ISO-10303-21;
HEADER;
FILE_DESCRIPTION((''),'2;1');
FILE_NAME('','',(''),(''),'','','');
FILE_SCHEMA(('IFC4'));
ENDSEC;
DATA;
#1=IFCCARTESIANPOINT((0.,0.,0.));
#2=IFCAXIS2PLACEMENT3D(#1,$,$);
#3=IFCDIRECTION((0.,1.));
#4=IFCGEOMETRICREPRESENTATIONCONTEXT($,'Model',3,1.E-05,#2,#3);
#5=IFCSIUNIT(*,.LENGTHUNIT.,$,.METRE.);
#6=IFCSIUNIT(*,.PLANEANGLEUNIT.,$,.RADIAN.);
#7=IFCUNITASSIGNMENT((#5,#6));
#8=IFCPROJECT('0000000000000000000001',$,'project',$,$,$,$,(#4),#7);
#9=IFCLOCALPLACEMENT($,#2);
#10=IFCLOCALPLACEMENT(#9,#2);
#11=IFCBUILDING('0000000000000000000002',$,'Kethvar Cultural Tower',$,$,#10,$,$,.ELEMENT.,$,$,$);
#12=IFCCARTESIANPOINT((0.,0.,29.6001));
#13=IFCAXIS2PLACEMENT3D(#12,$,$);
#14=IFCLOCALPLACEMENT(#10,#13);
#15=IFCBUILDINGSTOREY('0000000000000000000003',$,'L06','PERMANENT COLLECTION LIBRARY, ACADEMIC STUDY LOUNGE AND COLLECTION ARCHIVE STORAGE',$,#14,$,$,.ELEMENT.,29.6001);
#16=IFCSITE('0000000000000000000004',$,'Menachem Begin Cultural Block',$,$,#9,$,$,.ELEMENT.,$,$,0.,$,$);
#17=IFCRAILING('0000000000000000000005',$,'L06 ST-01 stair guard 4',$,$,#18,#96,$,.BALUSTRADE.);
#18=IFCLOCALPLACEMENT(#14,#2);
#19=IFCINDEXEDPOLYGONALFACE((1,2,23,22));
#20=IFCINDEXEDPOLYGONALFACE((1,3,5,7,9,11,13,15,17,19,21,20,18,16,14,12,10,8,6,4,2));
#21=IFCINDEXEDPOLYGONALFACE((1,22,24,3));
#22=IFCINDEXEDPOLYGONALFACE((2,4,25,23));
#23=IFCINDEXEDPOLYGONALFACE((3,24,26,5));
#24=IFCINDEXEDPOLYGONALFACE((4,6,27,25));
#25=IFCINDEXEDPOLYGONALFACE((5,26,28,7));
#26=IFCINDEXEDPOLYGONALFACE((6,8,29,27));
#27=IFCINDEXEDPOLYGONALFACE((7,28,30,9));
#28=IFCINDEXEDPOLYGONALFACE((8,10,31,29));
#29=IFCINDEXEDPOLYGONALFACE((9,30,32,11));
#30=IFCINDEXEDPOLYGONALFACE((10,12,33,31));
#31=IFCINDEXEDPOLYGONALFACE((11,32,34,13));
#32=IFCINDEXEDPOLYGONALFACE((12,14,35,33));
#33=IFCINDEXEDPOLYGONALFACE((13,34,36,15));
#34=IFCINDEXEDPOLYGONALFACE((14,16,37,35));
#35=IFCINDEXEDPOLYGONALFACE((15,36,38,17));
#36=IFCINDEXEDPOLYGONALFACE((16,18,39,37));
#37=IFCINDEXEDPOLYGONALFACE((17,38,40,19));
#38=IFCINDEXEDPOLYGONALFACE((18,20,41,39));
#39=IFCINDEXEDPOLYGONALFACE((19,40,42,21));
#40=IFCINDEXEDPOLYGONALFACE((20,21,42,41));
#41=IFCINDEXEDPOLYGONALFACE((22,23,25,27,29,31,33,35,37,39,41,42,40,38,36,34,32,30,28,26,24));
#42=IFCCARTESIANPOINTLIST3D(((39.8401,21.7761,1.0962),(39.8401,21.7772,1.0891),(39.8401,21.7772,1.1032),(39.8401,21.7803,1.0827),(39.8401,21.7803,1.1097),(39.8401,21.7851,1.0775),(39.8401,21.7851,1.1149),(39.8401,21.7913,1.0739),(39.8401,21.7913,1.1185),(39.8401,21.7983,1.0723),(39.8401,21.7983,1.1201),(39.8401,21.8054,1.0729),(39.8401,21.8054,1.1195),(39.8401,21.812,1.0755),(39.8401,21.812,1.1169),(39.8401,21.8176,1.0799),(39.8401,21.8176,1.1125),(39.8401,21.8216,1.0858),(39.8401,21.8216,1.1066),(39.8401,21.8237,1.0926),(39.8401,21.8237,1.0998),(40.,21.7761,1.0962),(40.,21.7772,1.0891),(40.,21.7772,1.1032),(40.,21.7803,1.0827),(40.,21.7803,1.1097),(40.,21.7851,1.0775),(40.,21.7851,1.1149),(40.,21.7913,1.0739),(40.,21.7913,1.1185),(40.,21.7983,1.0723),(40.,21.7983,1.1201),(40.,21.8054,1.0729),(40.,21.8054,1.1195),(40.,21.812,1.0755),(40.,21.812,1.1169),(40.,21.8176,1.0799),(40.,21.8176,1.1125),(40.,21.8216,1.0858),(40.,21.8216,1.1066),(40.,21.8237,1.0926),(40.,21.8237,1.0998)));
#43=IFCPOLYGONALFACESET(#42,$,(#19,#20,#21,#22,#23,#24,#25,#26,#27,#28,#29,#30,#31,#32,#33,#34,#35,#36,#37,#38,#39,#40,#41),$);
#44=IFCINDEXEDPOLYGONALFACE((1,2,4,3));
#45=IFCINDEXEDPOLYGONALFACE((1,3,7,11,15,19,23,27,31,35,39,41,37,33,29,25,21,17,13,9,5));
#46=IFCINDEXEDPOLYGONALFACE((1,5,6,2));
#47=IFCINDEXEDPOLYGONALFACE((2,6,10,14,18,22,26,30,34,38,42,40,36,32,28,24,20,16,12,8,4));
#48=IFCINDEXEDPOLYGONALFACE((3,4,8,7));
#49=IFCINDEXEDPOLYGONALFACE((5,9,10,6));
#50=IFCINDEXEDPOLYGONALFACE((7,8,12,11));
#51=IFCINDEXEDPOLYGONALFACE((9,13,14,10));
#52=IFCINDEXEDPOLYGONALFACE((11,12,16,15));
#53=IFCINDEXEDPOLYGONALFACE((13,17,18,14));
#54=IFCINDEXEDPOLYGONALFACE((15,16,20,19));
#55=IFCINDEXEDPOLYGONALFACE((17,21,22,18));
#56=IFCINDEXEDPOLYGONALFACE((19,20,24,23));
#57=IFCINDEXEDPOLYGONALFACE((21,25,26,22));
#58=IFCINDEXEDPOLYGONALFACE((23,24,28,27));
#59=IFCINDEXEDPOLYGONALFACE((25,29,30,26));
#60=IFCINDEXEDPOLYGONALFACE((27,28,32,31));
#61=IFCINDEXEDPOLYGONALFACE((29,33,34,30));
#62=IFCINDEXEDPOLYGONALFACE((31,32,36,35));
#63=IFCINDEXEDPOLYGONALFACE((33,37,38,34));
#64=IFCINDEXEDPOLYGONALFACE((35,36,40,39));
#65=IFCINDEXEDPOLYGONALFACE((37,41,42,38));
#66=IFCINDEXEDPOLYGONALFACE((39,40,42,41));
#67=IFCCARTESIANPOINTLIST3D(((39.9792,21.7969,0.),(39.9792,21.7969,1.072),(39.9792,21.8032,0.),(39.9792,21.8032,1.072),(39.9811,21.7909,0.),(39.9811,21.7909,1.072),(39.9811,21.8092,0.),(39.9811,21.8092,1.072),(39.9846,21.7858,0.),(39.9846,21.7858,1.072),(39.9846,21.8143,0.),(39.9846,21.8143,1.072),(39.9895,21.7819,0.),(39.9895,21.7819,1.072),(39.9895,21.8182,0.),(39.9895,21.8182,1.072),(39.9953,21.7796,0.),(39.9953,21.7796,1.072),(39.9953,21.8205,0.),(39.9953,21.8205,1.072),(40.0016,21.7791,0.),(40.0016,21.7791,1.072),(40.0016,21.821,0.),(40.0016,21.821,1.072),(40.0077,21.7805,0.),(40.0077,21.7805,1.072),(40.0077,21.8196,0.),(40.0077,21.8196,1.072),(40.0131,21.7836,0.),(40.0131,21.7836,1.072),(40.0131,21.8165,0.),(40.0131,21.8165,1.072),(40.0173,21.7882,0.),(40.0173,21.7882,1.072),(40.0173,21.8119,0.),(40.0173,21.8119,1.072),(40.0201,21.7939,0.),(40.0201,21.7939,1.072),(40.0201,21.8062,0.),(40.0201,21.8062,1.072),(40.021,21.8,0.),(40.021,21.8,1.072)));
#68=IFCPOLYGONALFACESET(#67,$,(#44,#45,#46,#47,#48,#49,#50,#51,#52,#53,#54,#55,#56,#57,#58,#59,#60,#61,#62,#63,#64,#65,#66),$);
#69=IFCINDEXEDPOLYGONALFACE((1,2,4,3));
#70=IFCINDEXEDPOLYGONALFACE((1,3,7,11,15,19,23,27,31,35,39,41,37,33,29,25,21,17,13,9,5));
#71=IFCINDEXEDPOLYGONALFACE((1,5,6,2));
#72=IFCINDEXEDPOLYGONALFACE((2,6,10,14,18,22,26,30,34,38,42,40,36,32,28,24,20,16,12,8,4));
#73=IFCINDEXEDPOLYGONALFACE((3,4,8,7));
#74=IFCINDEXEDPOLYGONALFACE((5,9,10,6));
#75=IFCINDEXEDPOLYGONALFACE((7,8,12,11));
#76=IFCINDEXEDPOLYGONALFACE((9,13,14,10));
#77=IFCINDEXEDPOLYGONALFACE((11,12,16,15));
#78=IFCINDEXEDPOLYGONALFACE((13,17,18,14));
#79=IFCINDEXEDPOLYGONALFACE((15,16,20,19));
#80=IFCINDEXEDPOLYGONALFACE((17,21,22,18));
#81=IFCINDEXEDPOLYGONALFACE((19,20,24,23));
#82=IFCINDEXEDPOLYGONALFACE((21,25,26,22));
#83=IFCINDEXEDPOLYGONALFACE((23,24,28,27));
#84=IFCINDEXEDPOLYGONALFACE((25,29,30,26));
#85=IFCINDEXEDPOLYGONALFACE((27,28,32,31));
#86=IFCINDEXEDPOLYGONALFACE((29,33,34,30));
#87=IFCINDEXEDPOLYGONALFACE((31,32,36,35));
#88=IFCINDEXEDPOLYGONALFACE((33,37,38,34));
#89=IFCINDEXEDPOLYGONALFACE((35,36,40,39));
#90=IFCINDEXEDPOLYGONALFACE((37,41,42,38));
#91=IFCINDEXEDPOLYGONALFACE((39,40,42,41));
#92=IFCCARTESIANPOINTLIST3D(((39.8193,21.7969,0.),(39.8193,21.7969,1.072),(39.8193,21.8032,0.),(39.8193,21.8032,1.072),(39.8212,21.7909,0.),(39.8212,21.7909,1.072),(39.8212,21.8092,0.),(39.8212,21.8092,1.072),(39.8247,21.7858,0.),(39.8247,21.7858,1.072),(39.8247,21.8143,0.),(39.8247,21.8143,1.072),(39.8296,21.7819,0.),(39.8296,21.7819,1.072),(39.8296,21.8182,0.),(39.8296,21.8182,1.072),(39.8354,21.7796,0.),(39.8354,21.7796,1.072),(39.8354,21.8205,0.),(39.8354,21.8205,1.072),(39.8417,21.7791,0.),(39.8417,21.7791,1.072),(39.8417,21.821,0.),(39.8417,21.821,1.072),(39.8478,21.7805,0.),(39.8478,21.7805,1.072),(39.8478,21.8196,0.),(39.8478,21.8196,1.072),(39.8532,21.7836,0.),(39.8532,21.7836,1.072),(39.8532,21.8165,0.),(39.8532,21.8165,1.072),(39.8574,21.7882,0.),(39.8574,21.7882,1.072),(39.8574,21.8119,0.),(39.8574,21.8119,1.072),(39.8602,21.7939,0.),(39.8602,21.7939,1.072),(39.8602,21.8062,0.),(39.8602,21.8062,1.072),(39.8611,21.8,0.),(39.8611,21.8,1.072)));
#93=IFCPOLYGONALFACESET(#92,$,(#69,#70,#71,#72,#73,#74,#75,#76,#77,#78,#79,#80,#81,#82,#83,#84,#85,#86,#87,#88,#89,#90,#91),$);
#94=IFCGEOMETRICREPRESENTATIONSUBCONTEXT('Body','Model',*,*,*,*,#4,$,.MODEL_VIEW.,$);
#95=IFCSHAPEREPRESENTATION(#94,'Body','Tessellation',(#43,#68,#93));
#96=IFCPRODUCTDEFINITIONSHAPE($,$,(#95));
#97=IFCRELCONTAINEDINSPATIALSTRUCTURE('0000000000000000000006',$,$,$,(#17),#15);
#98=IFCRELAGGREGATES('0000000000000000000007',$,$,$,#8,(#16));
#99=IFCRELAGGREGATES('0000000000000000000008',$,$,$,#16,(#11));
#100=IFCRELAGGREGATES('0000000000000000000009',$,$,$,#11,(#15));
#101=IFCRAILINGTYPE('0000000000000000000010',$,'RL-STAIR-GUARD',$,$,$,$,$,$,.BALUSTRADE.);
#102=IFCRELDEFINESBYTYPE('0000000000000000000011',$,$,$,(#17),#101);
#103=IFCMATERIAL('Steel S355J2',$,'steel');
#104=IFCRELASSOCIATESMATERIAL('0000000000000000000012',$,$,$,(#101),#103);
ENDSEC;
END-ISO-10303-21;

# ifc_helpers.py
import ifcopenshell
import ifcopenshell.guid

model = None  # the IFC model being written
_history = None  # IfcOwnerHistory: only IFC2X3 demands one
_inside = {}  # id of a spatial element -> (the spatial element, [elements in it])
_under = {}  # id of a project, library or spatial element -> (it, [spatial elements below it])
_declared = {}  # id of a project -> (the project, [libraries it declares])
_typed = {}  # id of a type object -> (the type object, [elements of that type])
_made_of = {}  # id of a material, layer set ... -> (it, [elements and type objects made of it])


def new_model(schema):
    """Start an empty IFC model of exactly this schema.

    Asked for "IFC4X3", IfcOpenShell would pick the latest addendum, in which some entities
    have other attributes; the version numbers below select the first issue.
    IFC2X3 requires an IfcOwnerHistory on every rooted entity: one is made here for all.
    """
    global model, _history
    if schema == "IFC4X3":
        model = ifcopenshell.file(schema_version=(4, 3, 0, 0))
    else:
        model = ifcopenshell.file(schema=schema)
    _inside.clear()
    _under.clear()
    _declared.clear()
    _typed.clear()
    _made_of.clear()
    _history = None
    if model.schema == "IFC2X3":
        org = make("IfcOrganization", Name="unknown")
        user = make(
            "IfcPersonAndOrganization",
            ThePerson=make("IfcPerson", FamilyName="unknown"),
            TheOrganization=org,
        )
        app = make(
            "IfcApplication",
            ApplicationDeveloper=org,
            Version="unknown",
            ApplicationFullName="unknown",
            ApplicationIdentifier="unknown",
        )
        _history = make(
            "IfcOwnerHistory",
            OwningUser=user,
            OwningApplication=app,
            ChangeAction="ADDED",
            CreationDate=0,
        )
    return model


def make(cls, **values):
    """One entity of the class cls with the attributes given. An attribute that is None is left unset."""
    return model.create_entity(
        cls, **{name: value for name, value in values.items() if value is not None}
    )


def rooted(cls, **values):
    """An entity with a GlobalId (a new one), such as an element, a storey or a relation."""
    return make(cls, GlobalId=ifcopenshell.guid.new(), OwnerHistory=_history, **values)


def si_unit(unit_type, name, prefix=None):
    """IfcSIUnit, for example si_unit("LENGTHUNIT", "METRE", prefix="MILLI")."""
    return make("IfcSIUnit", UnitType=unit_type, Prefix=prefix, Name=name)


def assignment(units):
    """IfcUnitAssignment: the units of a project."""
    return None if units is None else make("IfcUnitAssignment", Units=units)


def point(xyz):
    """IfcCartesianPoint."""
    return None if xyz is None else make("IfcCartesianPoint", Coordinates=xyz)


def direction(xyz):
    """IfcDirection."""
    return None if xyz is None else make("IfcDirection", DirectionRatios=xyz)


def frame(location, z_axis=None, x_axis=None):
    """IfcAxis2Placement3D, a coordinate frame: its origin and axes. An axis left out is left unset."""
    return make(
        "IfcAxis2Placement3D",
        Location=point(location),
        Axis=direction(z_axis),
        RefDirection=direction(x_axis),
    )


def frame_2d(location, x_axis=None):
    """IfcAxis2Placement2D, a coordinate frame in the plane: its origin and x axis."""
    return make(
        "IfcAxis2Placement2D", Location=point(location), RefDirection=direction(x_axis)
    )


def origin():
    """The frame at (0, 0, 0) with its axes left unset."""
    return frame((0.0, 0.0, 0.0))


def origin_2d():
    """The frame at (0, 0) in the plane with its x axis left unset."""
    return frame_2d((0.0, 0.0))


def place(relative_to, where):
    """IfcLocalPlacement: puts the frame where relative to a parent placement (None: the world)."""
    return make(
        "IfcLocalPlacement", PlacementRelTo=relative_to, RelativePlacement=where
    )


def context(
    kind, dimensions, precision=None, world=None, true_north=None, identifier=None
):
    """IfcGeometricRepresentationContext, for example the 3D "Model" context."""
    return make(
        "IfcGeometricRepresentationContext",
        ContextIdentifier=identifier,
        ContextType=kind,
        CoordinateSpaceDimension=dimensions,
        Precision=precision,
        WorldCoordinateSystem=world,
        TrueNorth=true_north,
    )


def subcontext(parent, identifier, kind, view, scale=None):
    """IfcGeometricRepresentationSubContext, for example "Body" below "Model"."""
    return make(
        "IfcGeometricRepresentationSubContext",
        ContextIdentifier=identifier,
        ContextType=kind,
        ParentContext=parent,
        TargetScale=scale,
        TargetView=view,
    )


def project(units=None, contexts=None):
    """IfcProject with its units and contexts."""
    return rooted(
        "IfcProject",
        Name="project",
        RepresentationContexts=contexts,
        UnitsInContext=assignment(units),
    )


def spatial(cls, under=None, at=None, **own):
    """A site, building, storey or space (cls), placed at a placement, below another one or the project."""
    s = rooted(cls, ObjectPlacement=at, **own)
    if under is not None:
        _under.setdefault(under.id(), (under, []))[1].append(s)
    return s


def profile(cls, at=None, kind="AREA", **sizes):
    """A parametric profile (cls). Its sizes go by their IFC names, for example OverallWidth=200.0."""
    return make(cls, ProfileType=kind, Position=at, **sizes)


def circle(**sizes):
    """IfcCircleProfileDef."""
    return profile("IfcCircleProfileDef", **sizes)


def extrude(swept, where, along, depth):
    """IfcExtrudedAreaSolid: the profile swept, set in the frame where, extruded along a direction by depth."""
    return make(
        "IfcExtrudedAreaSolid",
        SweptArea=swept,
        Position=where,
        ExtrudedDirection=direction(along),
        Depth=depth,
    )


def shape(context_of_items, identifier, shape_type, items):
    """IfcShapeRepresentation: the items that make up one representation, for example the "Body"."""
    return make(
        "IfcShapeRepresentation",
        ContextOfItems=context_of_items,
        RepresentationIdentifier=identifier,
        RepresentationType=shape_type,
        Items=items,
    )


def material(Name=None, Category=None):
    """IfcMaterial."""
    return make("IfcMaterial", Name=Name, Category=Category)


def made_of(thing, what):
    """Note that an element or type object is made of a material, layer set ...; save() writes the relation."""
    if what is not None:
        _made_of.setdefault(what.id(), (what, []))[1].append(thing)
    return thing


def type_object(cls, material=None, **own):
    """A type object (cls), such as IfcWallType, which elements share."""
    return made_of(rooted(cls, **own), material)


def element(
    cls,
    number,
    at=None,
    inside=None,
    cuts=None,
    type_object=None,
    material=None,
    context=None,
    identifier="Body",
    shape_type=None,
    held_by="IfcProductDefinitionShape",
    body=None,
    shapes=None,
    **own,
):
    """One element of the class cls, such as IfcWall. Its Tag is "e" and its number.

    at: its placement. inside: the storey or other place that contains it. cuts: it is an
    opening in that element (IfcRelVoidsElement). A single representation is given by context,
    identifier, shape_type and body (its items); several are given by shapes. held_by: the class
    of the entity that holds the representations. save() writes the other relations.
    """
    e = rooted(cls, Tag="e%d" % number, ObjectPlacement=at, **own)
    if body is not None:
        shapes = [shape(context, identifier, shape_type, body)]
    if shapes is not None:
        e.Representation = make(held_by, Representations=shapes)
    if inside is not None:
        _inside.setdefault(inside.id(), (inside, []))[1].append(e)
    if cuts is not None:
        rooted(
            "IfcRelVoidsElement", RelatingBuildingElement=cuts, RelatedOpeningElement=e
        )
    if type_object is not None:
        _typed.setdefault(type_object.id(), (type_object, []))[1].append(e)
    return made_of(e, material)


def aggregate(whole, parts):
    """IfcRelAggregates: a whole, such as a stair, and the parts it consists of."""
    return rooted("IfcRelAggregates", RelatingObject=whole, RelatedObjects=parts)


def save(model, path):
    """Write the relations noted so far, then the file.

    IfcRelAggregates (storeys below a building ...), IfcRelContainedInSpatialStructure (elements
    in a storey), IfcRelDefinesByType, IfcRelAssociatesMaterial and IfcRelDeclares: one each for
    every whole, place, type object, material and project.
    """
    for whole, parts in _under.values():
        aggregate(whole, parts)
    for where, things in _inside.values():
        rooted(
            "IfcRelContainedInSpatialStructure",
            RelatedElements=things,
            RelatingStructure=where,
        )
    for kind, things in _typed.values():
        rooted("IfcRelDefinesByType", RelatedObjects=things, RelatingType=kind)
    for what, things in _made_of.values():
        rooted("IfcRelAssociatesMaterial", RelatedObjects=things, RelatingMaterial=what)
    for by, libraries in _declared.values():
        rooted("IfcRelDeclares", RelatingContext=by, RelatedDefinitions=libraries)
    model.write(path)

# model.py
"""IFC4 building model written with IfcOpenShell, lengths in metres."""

from ifc_helpers import new_model, si_unit, direction, frame, origin, origin_2d, place, context, subcontext, project, spatial, circle, extrude, material, type_object, element, save


model = new_model("IFC4")

# Units and contexts
model_context = context("Model", 3, precision=1e-05, world=origin(), true_north=direction((0.0, 1.0)))
body_context = subcontext(model_context, "Body", "Model", "MODEL_VIEW")
ifc_project = project(units=[si_unit("LENGTHUNIT", "METRE"), si_unit("PLANEANGLEUNIT", "RADIAN")], contexts=[model_context])

# Site, building, storey
site_placement = place(None, origin())
site = spatial("IfcSite", under=ifc_project, at=site_placement, Name="Menachem Begin Cultural Block", CompositionType="ELEMENT", RefElevation=0.0)
building_placement = place(site_placement, origin())
building = spatial("IfcBuilding", under=site, at=building_placement, Name="Kethvar Cultural Tower", CompositionType="ELEMENT")
storey_placement = place(building_placement, frame((0.0, 0.0, 29.6001)))
storey = spatial("IfcBuildingStorey", under=building, at=storey_placement, Name="L06", Description="PERMANENT COLLECTION LIBRARY, ACADEMIC STUDY LOUNGE AND COLLECTION ARCHIVE STORAGE", CompositionType="ELEMENT", Elevation=29.6001)

# Shared definitions
ifc_material_1 = material(Name="Steel S355J2", Category="steel")

# Railing
railing_type_1 = type_object("IfcRailingType", Name="RL-STAIR-GUARD", PredefinedType="BALUSTRADE", material=ifc_material_1)
railing_1_placement = place(storey_placement, frame((40.0, 21.8, 0.0)))
element("IfcRailing", 1, at=railing_1_placement, inside=storey, type_object=railing_type_1, Name="L06 ST-01 stair guard 4", PredefinedType="BALUSTRADE", context=body_context, shape_type="SweptSolid", body=[
    extrude(circle(Radius=0.0239, at=origin_2d()), frame((0.0, 0.0, 1.0962), z_axis=(-1.0, 0.0, 0.0), x_axis=(0.0, -1.0, 0.0)), (0.0, 0.0, 1.0), 0.1599),
    extrude(circle(Radius=0.021, at=origin_2d()), origin(), (0.0, 0.0, 1.0), 1.072),
    extrude(circle(Radius=0.021, at=origin_2d()), frame((-0.1599, 0.0, 0.0)), (0.0, 0.0, 1.0), 1.072),
])

save(model, "model.ifc")
